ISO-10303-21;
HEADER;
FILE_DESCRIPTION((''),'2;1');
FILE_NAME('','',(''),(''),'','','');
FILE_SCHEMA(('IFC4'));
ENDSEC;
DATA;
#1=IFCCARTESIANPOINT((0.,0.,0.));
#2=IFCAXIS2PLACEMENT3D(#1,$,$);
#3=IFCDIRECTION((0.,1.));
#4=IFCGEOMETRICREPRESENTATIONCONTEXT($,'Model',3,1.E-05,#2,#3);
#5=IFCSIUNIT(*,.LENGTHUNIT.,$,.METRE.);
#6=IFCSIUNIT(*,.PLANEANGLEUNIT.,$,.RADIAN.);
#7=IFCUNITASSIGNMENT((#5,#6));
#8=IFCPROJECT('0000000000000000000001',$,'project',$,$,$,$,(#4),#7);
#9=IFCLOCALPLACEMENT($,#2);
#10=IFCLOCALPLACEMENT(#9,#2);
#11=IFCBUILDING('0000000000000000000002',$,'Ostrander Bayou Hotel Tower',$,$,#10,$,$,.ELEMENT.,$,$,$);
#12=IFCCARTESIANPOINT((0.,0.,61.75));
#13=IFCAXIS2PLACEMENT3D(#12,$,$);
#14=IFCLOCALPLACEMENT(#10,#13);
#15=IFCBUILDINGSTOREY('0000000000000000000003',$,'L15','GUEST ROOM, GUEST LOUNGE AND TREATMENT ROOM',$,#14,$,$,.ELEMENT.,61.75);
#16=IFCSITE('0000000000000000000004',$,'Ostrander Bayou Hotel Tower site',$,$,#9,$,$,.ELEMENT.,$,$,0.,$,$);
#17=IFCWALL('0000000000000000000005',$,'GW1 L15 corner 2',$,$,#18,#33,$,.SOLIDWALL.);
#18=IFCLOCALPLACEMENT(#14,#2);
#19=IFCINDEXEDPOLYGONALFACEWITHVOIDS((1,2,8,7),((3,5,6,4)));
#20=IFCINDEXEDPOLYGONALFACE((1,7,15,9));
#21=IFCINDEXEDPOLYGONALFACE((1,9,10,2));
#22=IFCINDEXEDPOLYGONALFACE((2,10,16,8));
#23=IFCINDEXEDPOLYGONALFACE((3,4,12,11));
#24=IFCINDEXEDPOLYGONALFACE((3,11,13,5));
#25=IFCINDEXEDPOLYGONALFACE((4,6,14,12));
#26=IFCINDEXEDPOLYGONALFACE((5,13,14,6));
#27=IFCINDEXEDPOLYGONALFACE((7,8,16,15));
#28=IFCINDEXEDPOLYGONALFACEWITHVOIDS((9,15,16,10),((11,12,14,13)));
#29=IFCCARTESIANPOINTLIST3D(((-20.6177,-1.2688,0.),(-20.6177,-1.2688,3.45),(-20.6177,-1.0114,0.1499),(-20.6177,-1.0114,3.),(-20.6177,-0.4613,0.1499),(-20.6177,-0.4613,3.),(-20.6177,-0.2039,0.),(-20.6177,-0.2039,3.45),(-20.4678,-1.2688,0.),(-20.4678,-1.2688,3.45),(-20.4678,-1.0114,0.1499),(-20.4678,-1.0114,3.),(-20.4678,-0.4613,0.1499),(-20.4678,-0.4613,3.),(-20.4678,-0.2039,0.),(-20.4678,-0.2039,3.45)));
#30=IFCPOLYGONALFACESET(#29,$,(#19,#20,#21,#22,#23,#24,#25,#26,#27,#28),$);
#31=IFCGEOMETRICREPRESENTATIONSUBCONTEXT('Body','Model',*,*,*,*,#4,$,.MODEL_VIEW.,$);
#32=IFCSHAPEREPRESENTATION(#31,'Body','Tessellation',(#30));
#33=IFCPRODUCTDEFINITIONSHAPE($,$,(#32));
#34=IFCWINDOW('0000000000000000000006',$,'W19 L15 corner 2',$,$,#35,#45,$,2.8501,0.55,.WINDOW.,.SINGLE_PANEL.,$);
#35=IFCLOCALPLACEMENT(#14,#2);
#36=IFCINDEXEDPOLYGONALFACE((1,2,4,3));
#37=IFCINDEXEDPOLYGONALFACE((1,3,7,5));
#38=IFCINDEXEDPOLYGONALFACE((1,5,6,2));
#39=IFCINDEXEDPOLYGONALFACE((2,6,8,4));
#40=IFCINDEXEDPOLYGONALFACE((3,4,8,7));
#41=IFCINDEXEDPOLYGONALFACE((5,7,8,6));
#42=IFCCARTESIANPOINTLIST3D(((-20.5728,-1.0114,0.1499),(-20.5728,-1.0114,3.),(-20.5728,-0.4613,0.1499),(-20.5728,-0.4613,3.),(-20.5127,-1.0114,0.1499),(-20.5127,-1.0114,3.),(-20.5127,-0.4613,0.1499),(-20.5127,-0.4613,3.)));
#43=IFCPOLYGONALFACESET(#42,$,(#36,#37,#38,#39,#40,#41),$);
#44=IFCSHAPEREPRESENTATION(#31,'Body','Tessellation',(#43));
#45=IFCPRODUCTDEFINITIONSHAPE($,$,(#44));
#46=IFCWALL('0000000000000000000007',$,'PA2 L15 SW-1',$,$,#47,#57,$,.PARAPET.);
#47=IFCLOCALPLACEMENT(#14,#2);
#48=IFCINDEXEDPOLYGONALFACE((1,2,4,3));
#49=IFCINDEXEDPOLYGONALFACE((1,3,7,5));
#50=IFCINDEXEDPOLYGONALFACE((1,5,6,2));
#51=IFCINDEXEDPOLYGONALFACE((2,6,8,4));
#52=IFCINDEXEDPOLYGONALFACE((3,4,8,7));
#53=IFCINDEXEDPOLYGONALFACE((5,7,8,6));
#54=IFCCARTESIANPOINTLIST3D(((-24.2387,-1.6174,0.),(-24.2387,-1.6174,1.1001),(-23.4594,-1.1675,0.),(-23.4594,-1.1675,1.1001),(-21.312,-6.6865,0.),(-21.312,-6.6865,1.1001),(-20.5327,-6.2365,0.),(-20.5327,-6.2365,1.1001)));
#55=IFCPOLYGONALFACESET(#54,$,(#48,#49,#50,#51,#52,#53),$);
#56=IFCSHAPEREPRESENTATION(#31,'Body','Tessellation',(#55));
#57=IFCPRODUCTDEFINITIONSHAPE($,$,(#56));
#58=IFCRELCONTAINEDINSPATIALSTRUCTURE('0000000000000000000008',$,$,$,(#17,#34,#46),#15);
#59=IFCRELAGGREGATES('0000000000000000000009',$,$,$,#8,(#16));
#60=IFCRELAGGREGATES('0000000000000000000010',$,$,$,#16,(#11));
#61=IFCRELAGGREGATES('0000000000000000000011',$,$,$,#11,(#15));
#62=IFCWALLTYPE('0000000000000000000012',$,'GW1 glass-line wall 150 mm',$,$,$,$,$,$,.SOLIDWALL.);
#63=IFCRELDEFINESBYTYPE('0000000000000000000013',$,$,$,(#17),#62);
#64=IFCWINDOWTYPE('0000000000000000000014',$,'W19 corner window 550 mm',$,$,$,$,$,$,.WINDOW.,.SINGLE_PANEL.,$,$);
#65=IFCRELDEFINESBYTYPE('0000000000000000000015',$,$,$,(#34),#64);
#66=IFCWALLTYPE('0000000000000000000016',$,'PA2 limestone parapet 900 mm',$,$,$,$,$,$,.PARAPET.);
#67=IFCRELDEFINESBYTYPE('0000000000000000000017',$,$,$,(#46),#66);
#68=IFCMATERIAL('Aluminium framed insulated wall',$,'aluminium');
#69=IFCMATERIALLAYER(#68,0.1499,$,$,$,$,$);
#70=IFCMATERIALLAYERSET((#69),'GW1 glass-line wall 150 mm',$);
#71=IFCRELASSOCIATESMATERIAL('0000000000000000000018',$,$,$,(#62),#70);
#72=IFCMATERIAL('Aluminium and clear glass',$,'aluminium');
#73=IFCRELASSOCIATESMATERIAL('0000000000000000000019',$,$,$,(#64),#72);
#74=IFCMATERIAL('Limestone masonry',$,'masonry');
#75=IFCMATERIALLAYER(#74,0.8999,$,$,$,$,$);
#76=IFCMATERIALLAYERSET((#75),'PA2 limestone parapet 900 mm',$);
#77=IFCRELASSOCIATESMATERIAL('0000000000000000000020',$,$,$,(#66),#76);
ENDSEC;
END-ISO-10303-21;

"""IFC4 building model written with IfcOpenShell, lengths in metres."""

from ifc_helpers import new_model, si_unit, direction, frame, frame_2d, origin, place, context, subcontext, project, spatial, rectangle, extrude, material, layer, layer_set, type_object, element, fill, save


model = new_model("IFC4")

# Units and contexts
model_context = context("Model", 3, precision=1e-05, world=origin(), true_north=direction((0.0, 1.0)))
body_context = subcontext(model_context, "Body", "Model", "MODEL_VIEW")
ifc_project = project(units=[si_unit("LENGTHUNIT", "METRE"), si_unit("PLANEANGLEUNIT", "RADIAN")], contexts=[model_context])

# Site, building, storey
site_placement = place(None, origin())
site = spatial("IfcSite", under=ifc_project, at=site_placement, Name="Ostrander Bayou Hotel Tower site", CompositionType="ELEMENT", RefElevation=0.0)
building_placement = place(site_placement, origin())
building = spatial("IfcBuilding", under=site, at=building_placement, Name="Ostrander Bayou Hotel Tower", CompositionType="ELEMENT")
storey_placement = place(building_placement, frame((0.0, 0.0, 61.75)))
storey = spatial("IfcBuildingStorey", under=building, at=storey_placement, Name="L15", Description="GUEST ROOM, GUEST LOUNGE AND TREATMENT ROOM", CompositionType="ELEMENT", Elevation=61.75)

# Shared definitions
ifc_material_1 = material(Name="Aluminium framed insulated wall", Category="aluminium")
ifc_layer_1 = layer(ifc_material_1, 0.1499)
ifc_layer_set_1 = layer_set([ifc_layer_1], Name="GW1 glass-line wall 150 mm")
wall_type_1 = type_object("IfcWallType", Name="GW1 glass-line wall 150 mm", PredefinedType="SOLIDWALL", material=ifc_layer_set_1)

# Wall, opening, window
wall_1_placement = place(storey_placement, frame((-20.5427, -0.2039, 0.0), z_axis=(0.0, 0.0, 1.0), x_axis=(0.0, -1.0, 0.0)))
wall_1 = element("IfcWall", 1, at=wall_1_placement, inside=storey, type_object=wall_type_1, Name="GW1 L15 corner 2", PredefinedType="SOLIDWALL", context=body_context, shape_type="SweptSolid", body=[
    extrude(rectangle(XDim=1.0649, YDim=0.1499, at=frame_2d((0.5325, 0.0))), origin(), (0.0, 0.0, 1.0), 3.45),
])
opening_1_placement = place(wall_1_placement, frame((0.2576, 0.0, 0.1499)))
opening_1 = element("IfcOpeningElement", 2, at=opening_1_placement, cuts=wall_1, PredefinedType="OPENING", context=body_context, shape_type="SweptSolid", body=[
    extrude(rectangle(XDim=0.55, YDim=2.8501, at=frame_2d((0.2749, 1.425))), frame((0.0, 0.075, 0.0), z_axis=(0.0, -1.0, 0.0), x_axis=(1.0, 0.0, 0.0)), (0.0, 0.0, 1.0), 0.1499),
])
ifc_material_2 = material(Name="Aluminium and clear glass", Category="aluminium")
window_type_1 = type_object("IfcWindowType", Name="W19 corner window 550 mm", PartitioningType="SINGLE_PANEL", PredefinedType="WINDOW", material=ifc_material_2)
window_1_placement = place(opening_1_placement, origin())
window_1 = element("IfcWindow", 3, at=window_1_placement, inside=storey, type_object=window_type_1, Name="W19 L15 corner 2", OverallHeight=2.8501, OverallWidth=0.55, PartitioningType="SINGLE_PANEL", PredefinedType="WINDOW", context=body_context, shape_type="SweptSolid", body=[
    extrude(rectangle(XDim=0.55, YDim=2.8501, at=frame_2d((0.2749, 1.425))), frame((0.0, 0.03, 0.0), z_axis=(0.0, -1.0, 0.0), x_axis=(1.0, 0.0, 0.0)), (0.0, 0.0, 1.0), 0.0601),
])
fill(opening_1, window_1)

# Wall
ifc_material_3 = material(Name="Limestone masonry", Category="masonry")
ifc_layer_2 = layer(ifc_material_3, 0.8999)
ifc_layer_set_2 = layer_set([ifc_layer_2], Name="PA2 limestone parapet 900 mm")
wall_type_2 = type_object("IfcWallType", Name="PA2 limestone parapet 900 mm", PredefinedType="PARAPET", material=ifc_layer_set_2)
wall_2_placement = place(storey_placement, frame((-23.8491, -1.3923, 0.0), z_axis=(0.0, 0.0, 1.0), x_axis=(0.500015, -0.866017, 0.0)))
element("IfcWall", 4, at=wall_2_placement, inside=storey, type_object=wall_type_2, Name="PA2 L15 SW-1", PredefinedType="PARAPET", context=body_context, shape_type="SweptSolid", body=[
    extrude(rectangle(XDim=5.8533, YDim=0.8999, at=frame_2d((2.9268, 0.0))), origin(), (0.0, 0.0, 1.0), 1.1001),
])

save(model, "model.ifc")
